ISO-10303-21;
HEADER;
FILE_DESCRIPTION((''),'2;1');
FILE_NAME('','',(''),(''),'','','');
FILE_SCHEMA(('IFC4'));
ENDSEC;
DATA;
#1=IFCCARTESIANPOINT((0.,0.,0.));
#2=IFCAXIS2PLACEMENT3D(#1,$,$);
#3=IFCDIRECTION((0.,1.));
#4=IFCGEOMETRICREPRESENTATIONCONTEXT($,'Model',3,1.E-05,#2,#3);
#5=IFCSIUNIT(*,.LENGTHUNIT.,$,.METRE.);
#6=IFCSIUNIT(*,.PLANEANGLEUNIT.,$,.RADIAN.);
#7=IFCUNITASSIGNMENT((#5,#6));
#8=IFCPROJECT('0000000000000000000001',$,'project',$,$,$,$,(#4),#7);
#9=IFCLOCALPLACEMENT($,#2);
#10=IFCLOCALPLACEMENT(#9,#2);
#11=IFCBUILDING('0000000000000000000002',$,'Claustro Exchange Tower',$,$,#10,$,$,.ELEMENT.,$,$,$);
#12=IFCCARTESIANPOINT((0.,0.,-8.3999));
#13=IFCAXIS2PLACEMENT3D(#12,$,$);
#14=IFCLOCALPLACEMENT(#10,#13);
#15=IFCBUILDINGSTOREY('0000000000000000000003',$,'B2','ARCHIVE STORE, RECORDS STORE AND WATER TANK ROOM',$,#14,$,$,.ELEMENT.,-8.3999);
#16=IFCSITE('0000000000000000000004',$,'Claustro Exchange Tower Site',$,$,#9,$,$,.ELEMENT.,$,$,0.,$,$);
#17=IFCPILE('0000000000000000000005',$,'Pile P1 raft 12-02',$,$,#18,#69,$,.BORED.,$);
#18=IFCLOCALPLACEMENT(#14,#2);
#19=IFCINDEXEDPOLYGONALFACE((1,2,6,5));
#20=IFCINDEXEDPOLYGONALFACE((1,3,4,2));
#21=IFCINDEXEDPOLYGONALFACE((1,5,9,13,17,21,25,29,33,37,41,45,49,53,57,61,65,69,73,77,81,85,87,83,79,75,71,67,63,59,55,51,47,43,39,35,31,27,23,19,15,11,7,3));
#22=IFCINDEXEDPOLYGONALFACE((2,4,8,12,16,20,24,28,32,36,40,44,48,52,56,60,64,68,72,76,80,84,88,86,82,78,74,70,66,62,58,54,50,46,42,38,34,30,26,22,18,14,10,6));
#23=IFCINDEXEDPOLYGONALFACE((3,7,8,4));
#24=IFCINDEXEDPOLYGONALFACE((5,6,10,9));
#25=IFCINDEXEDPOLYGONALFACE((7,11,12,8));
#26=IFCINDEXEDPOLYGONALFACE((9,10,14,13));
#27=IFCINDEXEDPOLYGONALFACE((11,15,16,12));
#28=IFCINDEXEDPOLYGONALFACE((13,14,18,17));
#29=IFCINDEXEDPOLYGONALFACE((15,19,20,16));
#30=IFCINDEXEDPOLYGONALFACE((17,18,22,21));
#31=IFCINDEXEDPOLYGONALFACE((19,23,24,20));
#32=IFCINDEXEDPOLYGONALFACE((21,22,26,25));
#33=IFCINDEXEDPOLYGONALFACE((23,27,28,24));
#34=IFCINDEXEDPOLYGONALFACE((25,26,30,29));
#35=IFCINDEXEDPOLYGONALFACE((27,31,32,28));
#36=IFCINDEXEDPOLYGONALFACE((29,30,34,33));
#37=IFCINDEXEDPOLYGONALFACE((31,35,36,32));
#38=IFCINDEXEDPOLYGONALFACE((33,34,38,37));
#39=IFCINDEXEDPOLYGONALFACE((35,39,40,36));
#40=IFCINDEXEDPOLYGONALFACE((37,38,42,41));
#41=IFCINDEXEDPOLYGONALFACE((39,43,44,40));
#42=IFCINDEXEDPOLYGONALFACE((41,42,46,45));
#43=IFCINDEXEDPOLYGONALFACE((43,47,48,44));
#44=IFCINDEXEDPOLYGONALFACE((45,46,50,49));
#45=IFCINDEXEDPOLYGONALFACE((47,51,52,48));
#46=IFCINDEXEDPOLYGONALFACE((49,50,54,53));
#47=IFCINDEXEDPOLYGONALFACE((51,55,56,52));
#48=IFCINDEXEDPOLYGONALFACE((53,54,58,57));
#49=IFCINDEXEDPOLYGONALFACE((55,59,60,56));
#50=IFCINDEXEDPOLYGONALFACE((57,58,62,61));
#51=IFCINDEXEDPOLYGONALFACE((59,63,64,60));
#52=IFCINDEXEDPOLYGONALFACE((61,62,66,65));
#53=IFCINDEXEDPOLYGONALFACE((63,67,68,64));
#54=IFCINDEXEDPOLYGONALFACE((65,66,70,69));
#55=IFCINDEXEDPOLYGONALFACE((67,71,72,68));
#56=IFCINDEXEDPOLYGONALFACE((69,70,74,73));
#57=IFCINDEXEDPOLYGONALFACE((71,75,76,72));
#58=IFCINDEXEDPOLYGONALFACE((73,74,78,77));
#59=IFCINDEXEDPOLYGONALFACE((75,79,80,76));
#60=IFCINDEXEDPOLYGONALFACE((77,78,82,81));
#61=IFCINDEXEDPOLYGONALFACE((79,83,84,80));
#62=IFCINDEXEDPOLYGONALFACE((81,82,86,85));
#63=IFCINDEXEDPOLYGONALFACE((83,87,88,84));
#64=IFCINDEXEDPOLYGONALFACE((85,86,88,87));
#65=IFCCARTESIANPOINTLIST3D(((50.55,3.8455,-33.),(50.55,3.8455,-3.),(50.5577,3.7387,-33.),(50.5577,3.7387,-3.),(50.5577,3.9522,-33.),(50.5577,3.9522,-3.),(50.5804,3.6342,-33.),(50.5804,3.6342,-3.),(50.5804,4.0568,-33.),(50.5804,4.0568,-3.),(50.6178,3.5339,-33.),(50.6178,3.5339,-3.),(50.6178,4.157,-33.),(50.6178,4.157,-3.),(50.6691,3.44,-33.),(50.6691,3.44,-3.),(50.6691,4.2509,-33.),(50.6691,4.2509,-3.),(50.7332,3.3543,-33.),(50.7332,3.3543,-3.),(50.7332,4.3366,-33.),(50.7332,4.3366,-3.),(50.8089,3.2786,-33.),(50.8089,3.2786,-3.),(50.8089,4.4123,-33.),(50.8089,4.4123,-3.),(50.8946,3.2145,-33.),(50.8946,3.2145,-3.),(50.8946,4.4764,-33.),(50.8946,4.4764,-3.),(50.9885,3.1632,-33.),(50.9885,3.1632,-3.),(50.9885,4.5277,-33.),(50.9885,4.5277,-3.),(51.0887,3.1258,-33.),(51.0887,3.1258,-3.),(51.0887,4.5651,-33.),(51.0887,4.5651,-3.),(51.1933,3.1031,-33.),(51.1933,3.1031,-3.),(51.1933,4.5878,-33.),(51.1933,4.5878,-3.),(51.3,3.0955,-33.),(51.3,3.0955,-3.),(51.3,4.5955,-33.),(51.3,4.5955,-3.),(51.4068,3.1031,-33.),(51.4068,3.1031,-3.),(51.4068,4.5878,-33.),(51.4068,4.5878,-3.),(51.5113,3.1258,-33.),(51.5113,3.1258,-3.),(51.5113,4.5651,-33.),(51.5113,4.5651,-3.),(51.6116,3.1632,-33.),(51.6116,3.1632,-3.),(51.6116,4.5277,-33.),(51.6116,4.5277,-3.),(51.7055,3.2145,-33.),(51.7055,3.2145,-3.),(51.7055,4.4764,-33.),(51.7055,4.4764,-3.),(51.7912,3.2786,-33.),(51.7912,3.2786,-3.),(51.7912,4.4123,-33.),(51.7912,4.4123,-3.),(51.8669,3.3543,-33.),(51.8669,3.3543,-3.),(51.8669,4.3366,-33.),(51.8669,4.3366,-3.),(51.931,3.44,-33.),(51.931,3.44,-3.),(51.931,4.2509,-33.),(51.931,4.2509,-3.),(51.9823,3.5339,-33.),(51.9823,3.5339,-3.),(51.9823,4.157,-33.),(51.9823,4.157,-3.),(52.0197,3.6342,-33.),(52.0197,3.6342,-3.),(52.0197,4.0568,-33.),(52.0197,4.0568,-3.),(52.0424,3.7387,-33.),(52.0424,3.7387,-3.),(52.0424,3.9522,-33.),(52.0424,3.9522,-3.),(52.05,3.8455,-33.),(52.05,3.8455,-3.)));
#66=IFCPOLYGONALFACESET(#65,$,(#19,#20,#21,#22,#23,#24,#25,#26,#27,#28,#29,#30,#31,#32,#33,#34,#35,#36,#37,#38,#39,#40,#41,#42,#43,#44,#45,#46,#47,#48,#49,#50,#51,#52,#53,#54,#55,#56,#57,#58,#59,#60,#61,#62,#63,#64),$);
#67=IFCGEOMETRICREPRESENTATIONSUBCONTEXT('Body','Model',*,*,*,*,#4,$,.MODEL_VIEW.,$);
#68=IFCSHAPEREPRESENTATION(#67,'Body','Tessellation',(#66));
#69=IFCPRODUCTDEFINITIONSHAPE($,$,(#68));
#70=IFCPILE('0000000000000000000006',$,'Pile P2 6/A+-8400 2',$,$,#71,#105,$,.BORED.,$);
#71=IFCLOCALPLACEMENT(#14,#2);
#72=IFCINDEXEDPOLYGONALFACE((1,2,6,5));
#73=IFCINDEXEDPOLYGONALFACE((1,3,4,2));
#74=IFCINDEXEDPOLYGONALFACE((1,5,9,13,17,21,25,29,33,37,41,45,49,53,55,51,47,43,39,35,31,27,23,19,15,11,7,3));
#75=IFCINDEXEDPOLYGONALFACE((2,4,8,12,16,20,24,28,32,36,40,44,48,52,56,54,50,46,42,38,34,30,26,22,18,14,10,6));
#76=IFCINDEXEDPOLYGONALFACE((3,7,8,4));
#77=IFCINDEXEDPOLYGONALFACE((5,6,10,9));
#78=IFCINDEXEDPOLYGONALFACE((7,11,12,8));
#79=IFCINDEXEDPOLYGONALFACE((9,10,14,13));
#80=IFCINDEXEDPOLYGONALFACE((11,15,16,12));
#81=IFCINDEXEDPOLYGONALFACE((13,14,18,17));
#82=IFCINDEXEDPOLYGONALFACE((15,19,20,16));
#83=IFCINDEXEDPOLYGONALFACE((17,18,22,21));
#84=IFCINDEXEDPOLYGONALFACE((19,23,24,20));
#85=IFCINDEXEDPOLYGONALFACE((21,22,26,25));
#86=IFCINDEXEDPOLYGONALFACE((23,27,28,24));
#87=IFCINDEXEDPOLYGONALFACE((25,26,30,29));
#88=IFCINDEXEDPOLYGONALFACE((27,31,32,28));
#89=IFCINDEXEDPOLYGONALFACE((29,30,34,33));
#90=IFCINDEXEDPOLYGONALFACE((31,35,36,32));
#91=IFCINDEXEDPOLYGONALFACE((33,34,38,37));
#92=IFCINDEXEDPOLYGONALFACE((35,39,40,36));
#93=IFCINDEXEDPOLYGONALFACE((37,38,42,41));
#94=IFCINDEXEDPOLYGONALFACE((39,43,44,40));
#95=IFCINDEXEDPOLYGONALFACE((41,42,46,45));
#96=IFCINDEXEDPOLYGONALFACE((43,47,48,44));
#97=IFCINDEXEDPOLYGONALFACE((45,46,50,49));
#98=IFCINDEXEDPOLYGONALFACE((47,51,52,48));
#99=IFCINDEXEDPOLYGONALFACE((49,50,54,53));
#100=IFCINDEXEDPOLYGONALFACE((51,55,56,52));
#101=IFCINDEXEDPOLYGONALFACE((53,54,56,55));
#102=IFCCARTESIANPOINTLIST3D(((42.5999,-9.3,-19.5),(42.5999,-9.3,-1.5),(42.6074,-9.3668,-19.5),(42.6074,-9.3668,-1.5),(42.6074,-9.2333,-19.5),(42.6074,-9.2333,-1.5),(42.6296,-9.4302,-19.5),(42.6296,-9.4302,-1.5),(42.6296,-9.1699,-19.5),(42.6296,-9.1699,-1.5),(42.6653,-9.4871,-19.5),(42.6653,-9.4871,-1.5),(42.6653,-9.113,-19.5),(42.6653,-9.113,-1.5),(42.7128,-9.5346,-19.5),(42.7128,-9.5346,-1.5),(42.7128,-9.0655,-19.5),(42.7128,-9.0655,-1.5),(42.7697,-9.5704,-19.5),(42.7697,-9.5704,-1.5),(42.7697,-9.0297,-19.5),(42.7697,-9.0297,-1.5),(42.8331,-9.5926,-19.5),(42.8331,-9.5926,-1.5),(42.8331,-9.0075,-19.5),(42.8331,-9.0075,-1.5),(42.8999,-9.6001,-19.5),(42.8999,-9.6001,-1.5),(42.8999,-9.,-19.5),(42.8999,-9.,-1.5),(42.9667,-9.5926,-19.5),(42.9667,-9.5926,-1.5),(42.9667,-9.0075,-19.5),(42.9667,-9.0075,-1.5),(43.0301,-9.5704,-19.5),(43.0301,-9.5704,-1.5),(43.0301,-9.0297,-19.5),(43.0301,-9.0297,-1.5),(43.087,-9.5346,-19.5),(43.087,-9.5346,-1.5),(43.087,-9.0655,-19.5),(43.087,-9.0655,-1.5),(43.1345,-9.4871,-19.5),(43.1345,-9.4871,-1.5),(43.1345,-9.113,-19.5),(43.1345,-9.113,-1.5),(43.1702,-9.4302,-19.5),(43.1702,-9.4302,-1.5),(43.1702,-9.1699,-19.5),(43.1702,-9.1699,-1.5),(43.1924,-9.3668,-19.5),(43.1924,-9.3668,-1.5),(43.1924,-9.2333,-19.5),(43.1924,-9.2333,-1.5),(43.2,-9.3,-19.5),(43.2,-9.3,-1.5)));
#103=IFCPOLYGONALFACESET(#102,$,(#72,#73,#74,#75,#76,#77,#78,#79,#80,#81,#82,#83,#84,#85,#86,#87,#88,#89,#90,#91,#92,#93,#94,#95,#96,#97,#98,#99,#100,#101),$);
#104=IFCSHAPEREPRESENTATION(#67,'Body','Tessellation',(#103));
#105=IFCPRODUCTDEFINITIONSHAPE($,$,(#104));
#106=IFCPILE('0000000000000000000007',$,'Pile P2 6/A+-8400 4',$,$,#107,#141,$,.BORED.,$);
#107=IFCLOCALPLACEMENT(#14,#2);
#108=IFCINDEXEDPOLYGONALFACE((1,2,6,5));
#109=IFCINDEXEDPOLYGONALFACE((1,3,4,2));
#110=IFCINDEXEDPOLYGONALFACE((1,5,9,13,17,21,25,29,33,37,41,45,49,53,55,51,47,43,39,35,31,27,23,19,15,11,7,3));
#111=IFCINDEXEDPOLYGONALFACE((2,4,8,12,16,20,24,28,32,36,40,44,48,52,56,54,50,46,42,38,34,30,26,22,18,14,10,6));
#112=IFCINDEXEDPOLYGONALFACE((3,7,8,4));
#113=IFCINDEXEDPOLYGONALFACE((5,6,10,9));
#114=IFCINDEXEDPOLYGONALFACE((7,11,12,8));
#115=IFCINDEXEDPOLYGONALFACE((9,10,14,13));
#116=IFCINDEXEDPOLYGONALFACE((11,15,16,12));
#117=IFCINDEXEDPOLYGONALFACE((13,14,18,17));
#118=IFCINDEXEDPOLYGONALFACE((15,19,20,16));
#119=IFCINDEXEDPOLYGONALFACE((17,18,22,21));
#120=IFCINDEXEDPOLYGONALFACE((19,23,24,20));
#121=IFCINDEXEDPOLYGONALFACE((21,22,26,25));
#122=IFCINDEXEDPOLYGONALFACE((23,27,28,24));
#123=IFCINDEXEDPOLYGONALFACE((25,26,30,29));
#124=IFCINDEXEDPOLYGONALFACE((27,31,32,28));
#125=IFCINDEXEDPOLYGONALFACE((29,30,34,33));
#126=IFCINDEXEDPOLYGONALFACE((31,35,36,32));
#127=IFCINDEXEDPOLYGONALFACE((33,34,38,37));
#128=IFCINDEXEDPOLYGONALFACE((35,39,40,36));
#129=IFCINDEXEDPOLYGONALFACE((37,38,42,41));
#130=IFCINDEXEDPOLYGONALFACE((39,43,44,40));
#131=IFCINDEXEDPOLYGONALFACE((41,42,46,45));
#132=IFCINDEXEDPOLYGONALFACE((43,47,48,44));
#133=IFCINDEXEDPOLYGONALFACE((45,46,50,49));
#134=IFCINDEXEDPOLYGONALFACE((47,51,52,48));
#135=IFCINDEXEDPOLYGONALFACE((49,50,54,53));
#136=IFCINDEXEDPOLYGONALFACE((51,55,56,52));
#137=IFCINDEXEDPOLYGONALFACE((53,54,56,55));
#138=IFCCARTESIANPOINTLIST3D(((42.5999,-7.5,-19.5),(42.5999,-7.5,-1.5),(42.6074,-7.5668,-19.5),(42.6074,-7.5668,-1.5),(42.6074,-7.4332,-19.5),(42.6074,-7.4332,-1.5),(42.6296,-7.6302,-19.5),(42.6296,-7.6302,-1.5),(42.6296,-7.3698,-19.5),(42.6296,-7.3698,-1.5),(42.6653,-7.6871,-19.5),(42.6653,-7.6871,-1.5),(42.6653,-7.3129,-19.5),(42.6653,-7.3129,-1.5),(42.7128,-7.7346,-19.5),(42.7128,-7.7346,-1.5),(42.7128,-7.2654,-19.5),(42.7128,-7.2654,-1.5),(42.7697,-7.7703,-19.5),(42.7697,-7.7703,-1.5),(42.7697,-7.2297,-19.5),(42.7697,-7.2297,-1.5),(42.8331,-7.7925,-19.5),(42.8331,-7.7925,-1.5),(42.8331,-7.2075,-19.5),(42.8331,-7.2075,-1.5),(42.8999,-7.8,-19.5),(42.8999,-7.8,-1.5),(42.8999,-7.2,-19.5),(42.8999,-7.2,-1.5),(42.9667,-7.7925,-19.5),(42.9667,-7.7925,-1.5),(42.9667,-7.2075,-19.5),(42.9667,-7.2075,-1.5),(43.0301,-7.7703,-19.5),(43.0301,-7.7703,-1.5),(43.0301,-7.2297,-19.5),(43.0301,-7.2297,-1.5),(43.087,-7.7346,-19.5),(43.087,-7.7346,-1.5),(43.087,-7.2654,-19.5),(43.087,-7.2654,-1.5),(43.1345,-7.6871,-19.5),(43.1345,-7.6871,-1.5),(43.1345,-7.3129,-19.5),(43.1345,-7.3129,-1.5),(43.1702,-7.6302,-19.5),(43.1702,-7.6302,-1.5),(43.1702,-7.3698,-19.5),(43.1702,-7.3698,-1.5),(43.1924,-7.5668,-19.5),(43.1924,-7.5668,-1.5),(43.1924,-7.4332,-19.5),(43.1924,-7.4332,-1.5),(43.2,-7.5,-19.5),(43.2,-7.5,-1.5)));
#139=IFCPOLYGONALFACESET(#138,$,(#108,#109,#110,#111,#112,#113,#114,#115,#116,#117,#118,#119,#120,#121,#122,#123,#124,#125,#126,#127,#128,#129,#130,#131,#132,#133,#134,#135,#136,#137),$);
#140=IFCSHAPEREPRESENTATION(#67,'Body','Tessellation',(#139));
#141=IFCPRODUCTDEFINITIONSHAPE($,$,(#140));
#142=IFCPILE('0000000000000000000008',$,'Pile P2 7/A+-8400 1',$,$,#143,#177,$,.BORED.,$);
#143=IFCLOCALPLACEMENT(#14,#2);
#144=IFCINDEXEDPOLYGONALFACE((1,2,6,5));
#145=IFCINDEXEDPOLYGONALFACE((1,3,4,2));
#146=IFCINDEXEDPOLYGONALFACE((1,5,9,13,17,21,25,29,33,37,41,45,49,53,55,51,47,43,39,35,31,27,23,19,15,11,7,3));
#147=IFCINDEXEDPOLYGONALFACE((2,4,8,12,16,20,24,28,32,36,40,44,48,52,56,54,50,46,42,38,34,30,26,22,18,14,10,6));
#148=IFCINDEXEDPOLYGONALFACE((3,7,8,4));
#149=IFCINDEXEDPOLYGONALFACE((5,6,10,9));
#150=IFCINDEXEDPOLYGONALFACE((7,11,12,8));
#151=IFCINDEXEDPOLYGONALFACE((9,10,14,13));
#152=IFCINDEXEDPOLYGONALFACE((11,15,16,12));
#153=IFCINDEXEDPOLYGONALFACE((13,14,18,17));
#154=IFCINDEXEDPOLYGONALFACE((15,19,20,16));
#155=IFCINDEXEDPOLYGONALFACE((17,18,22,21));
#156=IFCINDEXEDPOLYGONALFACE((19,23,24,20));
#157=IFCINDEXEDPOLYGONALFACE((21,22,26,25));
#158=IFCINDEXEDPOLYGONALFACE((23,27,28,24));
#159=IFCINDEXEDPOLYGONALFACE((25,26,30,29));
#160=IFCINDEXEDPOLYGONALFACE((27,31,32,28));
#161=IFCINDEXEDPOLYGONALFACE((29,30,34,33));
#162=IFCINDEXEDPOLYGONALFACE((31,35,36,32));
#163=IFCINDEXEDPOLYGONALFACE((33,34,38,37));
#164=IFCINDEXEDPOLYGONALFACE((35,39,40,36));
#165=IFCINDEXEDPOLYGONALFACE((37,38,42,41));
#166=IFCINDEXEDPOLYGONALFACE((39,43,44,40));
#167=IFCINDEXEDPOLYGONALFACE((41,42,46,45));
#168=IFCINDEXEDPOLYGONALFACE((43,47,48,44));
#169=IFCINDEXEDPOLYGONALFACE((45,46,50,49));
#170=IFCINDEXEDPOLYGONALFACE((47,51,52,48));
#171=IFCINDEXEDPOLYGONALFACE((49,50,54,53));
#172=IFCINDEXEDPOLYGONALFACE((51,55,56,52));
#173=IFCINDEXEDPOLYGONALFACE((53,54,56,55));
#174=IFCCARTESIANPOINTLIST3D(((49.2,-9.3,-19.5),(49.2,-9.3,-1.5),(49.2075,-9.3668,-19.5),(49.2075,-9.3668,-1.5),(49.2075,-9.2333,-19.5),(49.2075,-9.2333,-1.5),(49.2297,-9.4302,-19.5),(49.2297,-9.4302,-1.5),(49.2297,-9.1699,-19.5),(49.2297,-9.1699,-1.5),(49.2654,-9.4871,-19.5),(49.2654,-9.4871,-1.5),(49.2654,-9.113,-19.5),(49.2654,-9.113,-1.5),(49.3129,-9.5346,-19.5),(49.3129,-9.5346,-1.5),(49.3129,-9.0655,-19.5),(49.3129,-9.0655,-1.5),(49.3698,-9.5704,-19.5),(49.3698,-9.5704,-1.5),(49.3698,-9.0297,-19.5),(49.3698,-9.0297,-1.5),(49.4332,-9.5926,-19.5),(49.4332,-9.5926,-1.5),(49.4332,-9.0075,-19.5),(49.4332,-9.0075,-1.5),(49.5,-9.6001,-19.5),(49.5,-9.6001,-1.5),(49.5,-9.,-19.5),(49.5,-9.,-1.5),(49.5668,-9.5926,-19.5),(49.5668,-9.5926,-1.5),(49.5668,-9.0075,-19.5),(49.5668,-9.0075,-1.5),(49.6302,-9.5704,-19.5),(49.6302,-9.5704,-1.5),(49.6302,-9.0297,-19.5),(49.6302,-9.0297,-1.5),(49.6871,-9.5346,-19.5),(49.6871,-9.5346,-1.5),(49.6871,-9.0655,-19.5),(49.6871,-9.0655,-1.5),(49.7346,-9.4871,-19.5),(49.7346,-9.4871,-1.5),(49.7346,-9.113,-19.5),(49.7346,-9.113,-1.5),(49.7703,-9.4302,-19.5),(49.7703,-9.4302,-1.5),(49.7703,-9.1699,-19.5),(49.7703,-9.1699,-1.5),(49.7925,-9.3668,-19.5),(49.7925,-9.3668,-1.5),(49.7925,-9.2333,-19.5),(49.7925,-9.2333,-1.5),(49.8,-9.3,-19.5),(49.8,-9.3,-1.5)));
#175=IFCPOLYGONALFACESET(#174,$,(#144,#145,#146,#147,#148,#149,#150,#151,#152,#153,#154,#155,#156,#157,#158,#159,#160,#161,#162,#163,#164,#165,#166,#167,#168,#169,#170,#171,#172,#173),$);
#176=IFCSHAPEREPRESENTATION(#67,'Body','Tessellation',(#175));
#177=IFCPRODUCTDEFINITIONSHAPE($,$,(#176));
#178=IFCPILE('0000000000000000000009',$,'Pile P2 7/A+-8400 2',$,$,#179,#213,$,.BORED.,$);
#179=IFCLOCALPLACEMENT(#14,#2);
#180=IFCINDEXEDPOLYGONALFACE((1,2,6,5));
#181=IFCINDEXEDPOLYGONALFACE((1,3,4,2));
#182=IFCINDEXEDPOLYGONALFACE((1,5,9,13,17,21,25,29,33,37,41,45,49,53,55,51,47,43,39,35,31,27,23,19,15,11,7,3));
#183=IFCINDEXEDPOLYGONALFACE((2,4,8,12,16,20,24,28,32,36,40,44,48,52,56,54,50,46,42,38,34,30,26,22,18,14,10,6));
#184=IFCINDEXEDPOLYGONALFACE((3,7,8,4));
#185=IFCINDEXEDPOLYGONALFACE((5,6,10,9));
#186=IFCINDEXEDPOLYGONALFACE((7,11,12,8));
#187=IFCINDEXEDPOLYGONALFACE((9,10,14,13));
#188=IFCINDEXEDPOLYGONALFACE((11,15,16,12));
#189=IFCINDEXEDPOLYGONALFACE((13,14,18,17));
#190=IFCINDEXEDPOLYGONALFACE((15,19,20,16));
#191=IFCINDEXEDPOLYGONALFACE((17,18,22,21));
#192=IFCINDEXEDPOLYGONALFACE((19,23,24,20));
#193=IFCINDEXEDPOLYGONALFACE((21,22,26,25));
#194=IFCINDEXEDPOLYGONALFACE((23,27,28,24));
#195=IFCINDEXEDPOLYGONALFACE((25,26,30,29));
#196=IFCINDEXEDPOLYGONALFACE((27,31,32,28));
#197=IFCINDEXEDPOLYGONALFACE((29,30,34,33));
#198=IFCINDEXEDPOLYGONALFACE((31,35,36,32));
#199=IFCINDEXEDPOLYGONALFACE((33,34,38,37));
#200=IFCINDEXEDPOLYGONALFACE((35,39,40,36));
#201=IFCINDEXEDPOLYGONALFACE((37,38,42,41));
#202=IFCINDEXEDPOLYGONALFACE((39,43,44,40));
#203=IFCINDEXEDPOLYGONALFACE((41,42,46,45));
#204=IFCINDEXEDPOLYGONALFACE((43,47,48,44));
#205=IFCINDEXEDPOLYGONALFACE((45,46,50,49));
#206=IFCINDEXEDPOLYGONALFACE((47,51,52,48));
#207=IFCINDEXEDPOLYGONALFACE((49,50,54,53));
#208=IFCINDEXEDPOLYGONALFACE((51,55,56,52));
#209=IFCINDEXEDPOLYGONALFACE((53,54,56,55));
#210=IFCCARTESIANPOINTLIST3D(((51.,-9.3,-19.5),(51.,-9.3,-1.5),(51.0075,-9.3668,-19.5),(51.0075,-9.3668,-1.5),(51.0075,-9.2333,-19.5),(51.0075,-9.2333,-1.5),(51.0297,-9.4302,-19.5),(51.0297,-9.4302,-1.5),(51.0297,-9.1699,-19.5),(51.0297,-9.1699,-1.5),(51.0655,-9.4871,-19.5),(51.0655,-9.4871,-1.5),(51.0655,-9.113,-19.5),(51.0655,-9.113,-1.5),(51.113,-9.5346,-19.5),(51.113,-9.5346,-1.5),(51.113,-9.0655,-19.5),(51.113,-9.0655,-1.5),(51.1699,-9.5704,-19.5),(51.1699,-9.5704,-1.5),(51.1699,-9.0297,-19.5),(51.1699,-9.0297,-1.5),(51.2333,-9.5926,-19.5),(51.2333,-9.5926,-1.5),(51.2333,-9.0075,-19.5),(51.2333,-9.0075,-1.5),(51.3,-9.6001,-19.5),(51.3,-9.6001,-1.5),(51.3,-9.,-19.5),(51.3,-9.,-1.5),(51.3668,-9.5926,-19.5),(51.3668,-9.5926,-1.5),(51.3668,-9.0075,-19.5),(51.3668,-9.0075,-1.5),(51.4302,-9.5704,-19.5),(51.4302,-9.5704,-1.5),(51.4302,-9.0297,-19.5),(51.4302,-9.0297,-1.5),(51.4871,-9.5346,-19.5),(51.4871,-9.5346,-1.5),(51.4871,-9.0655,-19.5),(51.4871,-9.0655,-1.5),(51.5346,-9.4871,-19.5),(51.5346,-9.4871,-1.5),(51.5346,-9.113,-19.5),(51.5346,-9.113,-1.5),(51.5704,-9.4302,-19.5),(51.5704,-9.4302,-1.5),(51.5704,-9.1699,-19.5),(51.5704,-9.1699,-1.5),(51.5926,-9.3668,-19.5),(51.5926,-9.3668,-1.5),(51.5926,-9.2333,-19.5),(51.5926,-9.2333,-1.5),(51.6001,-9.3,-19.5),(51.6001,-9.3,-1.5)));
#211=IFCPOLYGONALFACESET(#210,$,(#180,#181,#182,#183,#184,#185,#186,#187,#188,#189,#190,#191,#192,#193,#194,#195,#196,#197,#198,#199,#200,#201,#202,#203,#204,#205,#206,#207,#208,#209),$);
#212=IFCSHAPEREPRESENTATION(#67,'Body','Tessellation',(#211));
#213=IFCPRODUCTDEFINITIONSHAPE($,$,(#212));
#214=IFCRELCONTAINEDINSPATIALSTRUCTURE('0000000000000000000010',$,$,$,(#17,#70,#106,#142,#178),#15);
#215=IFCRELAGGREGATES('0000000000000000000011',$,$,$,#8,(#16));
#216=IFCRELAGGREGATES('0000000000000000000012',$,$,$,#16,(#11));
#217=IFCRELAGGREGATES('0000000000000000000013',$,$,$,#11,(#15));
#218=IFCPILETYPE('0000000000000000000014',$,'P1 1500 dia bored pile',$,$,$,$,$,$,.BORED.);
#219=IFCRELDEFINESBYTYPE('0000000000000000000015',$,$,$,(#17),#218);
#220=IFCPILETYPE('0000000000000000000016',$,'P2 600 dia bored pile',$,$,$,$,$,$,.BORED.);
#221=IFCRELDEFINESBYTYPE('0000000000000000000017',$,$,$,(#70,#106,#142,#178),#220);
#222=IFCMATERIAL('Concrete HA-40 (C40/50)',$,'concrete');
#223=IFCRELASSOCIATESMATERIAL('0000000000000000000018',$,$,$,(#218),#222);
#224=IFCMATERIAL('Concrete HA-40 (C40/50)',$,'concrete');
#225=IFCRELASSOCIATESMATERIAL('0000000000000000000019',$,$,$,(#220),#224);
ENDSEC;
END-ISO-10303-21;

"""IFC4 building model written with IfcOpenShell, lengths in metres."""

from ifc_helpers import new_model, si_unit, direction, frame, origin, origin_2d, place, context, subcontext, project, spatial, circle, extrude, material, type_object, element, save


model = new_model("IFC4")

# Units and contexts
model_context = context("Model", 3, precision=1e-05, world=origin(), true_north=direction((0.0, 1.0)))
body_context = subcontext(model_context, "Body", "Model", "MODEL_VIEW")
ifc_project = project(units=[si_unit("LENGTHUNIT", "METRE"), si_unit("PLANEANGLEUNIT", "RADIAN")], contexts=[model_context])

# Site, building, storey
site_placement = place(None, origin())
site = spatial("IfcSite", under=ifc_project, at=site_placement, Name="Claustro Exchange Tower Site", CompositionType="ELEMENT", RefElevation=0.0)
building_placement = place(site_placement, origin())
building = spatial("IfcBuilding", under=site, at=building_placement, Name="Claustro Exchange Tower", CompositionType="ELEMENT")
storey_placement = place(building_placement, frame((0.0, 0.0, -8.3999)))
storey = spatial("IfcBuildingStorey", under=building, at=storey_placement, Name="B2", Description="ARCHIVE STORE, RECORDS STORE AND WATER TANK ROOM", CompositionType="ELEMENT", Elevation=-8.3999)

# Piles
ifc_material_1 = material(Name="Concrete HA-40 (C40/50)", Category="concrete")
pile_type_1 = type_object("IfcPileType", Name="P1 1500 dia bored pile", PredefinedType="BORED", material=ifc_material_1)
for number, where, z_axis, x_axis, name in (
    (1, (51.3, 3.8455, -3.0), (0.0, 0.0, -1.0), (1.0, 0.0, 0.0), "Pile P1 raft 12-02"),
):
    element("IfcPile", number, at=place(storey_placement, frame(where, z_axis=z_axis, x_axis=x_axis)), inside=storey, type_object=pile_type_1, Name=name, PredefinedType="BORED", context=body_context, shape_type="SweptSolid", body=[
        extrude(circle(Radius=0.75, at=origin_2d()), origin(), (0.0, 0.0, 1.0), 30.0),
    ])
ifc_material_2 = material(Name="Concrete HA-40 (C40/50)", Category="concrete")
pile_type_2 = type_object("IfcPileType", Name="P2 600 dia bored pile", PredefinedType="BORED", material=ifc_material_2)
for number, where, z_axis, x_axis, name in (
    (2, (42.8999, -9.3, -1.5), (0.0, 0.0, -1.0), (1.0, 0.0, 0.0), "Pile P2 6/A+-8400 2"),
    (3, (42.8999, -7.5, -1.5), (0.0, 0.0, -1.0), (1.0, 0.0, 0.0), "Pile P2 6/A+-8400 4"),
    (4, (49.5, -9.3, -1.5), (0.0, 0.0, -1.0), (1.0, 0.0, 0.0), "Pile P2 7/A+-8400 1"),
    (5, (51.3, -9.3, -1.5), (0.0, 0.0, -1.0), (1.0, 0.0, 0.0), "Pile P2 7/A+-8400 2"),
):
    element("IfcPile", number, at=place(storey_placement, frame(where, z_axis=z_axis, x_axis=x_axis)), inside=storey, type_object=pile_type_2, Name=name, PredefinedType="BORED", context=body_context, shape_type="SweptSolid", body=[
        extrude(circle(Radius=0.3, at=origin_2d()), origin(), (0.0, 0.0, 1.0), 18.0),
    ])

save(model, "model.ifc")
